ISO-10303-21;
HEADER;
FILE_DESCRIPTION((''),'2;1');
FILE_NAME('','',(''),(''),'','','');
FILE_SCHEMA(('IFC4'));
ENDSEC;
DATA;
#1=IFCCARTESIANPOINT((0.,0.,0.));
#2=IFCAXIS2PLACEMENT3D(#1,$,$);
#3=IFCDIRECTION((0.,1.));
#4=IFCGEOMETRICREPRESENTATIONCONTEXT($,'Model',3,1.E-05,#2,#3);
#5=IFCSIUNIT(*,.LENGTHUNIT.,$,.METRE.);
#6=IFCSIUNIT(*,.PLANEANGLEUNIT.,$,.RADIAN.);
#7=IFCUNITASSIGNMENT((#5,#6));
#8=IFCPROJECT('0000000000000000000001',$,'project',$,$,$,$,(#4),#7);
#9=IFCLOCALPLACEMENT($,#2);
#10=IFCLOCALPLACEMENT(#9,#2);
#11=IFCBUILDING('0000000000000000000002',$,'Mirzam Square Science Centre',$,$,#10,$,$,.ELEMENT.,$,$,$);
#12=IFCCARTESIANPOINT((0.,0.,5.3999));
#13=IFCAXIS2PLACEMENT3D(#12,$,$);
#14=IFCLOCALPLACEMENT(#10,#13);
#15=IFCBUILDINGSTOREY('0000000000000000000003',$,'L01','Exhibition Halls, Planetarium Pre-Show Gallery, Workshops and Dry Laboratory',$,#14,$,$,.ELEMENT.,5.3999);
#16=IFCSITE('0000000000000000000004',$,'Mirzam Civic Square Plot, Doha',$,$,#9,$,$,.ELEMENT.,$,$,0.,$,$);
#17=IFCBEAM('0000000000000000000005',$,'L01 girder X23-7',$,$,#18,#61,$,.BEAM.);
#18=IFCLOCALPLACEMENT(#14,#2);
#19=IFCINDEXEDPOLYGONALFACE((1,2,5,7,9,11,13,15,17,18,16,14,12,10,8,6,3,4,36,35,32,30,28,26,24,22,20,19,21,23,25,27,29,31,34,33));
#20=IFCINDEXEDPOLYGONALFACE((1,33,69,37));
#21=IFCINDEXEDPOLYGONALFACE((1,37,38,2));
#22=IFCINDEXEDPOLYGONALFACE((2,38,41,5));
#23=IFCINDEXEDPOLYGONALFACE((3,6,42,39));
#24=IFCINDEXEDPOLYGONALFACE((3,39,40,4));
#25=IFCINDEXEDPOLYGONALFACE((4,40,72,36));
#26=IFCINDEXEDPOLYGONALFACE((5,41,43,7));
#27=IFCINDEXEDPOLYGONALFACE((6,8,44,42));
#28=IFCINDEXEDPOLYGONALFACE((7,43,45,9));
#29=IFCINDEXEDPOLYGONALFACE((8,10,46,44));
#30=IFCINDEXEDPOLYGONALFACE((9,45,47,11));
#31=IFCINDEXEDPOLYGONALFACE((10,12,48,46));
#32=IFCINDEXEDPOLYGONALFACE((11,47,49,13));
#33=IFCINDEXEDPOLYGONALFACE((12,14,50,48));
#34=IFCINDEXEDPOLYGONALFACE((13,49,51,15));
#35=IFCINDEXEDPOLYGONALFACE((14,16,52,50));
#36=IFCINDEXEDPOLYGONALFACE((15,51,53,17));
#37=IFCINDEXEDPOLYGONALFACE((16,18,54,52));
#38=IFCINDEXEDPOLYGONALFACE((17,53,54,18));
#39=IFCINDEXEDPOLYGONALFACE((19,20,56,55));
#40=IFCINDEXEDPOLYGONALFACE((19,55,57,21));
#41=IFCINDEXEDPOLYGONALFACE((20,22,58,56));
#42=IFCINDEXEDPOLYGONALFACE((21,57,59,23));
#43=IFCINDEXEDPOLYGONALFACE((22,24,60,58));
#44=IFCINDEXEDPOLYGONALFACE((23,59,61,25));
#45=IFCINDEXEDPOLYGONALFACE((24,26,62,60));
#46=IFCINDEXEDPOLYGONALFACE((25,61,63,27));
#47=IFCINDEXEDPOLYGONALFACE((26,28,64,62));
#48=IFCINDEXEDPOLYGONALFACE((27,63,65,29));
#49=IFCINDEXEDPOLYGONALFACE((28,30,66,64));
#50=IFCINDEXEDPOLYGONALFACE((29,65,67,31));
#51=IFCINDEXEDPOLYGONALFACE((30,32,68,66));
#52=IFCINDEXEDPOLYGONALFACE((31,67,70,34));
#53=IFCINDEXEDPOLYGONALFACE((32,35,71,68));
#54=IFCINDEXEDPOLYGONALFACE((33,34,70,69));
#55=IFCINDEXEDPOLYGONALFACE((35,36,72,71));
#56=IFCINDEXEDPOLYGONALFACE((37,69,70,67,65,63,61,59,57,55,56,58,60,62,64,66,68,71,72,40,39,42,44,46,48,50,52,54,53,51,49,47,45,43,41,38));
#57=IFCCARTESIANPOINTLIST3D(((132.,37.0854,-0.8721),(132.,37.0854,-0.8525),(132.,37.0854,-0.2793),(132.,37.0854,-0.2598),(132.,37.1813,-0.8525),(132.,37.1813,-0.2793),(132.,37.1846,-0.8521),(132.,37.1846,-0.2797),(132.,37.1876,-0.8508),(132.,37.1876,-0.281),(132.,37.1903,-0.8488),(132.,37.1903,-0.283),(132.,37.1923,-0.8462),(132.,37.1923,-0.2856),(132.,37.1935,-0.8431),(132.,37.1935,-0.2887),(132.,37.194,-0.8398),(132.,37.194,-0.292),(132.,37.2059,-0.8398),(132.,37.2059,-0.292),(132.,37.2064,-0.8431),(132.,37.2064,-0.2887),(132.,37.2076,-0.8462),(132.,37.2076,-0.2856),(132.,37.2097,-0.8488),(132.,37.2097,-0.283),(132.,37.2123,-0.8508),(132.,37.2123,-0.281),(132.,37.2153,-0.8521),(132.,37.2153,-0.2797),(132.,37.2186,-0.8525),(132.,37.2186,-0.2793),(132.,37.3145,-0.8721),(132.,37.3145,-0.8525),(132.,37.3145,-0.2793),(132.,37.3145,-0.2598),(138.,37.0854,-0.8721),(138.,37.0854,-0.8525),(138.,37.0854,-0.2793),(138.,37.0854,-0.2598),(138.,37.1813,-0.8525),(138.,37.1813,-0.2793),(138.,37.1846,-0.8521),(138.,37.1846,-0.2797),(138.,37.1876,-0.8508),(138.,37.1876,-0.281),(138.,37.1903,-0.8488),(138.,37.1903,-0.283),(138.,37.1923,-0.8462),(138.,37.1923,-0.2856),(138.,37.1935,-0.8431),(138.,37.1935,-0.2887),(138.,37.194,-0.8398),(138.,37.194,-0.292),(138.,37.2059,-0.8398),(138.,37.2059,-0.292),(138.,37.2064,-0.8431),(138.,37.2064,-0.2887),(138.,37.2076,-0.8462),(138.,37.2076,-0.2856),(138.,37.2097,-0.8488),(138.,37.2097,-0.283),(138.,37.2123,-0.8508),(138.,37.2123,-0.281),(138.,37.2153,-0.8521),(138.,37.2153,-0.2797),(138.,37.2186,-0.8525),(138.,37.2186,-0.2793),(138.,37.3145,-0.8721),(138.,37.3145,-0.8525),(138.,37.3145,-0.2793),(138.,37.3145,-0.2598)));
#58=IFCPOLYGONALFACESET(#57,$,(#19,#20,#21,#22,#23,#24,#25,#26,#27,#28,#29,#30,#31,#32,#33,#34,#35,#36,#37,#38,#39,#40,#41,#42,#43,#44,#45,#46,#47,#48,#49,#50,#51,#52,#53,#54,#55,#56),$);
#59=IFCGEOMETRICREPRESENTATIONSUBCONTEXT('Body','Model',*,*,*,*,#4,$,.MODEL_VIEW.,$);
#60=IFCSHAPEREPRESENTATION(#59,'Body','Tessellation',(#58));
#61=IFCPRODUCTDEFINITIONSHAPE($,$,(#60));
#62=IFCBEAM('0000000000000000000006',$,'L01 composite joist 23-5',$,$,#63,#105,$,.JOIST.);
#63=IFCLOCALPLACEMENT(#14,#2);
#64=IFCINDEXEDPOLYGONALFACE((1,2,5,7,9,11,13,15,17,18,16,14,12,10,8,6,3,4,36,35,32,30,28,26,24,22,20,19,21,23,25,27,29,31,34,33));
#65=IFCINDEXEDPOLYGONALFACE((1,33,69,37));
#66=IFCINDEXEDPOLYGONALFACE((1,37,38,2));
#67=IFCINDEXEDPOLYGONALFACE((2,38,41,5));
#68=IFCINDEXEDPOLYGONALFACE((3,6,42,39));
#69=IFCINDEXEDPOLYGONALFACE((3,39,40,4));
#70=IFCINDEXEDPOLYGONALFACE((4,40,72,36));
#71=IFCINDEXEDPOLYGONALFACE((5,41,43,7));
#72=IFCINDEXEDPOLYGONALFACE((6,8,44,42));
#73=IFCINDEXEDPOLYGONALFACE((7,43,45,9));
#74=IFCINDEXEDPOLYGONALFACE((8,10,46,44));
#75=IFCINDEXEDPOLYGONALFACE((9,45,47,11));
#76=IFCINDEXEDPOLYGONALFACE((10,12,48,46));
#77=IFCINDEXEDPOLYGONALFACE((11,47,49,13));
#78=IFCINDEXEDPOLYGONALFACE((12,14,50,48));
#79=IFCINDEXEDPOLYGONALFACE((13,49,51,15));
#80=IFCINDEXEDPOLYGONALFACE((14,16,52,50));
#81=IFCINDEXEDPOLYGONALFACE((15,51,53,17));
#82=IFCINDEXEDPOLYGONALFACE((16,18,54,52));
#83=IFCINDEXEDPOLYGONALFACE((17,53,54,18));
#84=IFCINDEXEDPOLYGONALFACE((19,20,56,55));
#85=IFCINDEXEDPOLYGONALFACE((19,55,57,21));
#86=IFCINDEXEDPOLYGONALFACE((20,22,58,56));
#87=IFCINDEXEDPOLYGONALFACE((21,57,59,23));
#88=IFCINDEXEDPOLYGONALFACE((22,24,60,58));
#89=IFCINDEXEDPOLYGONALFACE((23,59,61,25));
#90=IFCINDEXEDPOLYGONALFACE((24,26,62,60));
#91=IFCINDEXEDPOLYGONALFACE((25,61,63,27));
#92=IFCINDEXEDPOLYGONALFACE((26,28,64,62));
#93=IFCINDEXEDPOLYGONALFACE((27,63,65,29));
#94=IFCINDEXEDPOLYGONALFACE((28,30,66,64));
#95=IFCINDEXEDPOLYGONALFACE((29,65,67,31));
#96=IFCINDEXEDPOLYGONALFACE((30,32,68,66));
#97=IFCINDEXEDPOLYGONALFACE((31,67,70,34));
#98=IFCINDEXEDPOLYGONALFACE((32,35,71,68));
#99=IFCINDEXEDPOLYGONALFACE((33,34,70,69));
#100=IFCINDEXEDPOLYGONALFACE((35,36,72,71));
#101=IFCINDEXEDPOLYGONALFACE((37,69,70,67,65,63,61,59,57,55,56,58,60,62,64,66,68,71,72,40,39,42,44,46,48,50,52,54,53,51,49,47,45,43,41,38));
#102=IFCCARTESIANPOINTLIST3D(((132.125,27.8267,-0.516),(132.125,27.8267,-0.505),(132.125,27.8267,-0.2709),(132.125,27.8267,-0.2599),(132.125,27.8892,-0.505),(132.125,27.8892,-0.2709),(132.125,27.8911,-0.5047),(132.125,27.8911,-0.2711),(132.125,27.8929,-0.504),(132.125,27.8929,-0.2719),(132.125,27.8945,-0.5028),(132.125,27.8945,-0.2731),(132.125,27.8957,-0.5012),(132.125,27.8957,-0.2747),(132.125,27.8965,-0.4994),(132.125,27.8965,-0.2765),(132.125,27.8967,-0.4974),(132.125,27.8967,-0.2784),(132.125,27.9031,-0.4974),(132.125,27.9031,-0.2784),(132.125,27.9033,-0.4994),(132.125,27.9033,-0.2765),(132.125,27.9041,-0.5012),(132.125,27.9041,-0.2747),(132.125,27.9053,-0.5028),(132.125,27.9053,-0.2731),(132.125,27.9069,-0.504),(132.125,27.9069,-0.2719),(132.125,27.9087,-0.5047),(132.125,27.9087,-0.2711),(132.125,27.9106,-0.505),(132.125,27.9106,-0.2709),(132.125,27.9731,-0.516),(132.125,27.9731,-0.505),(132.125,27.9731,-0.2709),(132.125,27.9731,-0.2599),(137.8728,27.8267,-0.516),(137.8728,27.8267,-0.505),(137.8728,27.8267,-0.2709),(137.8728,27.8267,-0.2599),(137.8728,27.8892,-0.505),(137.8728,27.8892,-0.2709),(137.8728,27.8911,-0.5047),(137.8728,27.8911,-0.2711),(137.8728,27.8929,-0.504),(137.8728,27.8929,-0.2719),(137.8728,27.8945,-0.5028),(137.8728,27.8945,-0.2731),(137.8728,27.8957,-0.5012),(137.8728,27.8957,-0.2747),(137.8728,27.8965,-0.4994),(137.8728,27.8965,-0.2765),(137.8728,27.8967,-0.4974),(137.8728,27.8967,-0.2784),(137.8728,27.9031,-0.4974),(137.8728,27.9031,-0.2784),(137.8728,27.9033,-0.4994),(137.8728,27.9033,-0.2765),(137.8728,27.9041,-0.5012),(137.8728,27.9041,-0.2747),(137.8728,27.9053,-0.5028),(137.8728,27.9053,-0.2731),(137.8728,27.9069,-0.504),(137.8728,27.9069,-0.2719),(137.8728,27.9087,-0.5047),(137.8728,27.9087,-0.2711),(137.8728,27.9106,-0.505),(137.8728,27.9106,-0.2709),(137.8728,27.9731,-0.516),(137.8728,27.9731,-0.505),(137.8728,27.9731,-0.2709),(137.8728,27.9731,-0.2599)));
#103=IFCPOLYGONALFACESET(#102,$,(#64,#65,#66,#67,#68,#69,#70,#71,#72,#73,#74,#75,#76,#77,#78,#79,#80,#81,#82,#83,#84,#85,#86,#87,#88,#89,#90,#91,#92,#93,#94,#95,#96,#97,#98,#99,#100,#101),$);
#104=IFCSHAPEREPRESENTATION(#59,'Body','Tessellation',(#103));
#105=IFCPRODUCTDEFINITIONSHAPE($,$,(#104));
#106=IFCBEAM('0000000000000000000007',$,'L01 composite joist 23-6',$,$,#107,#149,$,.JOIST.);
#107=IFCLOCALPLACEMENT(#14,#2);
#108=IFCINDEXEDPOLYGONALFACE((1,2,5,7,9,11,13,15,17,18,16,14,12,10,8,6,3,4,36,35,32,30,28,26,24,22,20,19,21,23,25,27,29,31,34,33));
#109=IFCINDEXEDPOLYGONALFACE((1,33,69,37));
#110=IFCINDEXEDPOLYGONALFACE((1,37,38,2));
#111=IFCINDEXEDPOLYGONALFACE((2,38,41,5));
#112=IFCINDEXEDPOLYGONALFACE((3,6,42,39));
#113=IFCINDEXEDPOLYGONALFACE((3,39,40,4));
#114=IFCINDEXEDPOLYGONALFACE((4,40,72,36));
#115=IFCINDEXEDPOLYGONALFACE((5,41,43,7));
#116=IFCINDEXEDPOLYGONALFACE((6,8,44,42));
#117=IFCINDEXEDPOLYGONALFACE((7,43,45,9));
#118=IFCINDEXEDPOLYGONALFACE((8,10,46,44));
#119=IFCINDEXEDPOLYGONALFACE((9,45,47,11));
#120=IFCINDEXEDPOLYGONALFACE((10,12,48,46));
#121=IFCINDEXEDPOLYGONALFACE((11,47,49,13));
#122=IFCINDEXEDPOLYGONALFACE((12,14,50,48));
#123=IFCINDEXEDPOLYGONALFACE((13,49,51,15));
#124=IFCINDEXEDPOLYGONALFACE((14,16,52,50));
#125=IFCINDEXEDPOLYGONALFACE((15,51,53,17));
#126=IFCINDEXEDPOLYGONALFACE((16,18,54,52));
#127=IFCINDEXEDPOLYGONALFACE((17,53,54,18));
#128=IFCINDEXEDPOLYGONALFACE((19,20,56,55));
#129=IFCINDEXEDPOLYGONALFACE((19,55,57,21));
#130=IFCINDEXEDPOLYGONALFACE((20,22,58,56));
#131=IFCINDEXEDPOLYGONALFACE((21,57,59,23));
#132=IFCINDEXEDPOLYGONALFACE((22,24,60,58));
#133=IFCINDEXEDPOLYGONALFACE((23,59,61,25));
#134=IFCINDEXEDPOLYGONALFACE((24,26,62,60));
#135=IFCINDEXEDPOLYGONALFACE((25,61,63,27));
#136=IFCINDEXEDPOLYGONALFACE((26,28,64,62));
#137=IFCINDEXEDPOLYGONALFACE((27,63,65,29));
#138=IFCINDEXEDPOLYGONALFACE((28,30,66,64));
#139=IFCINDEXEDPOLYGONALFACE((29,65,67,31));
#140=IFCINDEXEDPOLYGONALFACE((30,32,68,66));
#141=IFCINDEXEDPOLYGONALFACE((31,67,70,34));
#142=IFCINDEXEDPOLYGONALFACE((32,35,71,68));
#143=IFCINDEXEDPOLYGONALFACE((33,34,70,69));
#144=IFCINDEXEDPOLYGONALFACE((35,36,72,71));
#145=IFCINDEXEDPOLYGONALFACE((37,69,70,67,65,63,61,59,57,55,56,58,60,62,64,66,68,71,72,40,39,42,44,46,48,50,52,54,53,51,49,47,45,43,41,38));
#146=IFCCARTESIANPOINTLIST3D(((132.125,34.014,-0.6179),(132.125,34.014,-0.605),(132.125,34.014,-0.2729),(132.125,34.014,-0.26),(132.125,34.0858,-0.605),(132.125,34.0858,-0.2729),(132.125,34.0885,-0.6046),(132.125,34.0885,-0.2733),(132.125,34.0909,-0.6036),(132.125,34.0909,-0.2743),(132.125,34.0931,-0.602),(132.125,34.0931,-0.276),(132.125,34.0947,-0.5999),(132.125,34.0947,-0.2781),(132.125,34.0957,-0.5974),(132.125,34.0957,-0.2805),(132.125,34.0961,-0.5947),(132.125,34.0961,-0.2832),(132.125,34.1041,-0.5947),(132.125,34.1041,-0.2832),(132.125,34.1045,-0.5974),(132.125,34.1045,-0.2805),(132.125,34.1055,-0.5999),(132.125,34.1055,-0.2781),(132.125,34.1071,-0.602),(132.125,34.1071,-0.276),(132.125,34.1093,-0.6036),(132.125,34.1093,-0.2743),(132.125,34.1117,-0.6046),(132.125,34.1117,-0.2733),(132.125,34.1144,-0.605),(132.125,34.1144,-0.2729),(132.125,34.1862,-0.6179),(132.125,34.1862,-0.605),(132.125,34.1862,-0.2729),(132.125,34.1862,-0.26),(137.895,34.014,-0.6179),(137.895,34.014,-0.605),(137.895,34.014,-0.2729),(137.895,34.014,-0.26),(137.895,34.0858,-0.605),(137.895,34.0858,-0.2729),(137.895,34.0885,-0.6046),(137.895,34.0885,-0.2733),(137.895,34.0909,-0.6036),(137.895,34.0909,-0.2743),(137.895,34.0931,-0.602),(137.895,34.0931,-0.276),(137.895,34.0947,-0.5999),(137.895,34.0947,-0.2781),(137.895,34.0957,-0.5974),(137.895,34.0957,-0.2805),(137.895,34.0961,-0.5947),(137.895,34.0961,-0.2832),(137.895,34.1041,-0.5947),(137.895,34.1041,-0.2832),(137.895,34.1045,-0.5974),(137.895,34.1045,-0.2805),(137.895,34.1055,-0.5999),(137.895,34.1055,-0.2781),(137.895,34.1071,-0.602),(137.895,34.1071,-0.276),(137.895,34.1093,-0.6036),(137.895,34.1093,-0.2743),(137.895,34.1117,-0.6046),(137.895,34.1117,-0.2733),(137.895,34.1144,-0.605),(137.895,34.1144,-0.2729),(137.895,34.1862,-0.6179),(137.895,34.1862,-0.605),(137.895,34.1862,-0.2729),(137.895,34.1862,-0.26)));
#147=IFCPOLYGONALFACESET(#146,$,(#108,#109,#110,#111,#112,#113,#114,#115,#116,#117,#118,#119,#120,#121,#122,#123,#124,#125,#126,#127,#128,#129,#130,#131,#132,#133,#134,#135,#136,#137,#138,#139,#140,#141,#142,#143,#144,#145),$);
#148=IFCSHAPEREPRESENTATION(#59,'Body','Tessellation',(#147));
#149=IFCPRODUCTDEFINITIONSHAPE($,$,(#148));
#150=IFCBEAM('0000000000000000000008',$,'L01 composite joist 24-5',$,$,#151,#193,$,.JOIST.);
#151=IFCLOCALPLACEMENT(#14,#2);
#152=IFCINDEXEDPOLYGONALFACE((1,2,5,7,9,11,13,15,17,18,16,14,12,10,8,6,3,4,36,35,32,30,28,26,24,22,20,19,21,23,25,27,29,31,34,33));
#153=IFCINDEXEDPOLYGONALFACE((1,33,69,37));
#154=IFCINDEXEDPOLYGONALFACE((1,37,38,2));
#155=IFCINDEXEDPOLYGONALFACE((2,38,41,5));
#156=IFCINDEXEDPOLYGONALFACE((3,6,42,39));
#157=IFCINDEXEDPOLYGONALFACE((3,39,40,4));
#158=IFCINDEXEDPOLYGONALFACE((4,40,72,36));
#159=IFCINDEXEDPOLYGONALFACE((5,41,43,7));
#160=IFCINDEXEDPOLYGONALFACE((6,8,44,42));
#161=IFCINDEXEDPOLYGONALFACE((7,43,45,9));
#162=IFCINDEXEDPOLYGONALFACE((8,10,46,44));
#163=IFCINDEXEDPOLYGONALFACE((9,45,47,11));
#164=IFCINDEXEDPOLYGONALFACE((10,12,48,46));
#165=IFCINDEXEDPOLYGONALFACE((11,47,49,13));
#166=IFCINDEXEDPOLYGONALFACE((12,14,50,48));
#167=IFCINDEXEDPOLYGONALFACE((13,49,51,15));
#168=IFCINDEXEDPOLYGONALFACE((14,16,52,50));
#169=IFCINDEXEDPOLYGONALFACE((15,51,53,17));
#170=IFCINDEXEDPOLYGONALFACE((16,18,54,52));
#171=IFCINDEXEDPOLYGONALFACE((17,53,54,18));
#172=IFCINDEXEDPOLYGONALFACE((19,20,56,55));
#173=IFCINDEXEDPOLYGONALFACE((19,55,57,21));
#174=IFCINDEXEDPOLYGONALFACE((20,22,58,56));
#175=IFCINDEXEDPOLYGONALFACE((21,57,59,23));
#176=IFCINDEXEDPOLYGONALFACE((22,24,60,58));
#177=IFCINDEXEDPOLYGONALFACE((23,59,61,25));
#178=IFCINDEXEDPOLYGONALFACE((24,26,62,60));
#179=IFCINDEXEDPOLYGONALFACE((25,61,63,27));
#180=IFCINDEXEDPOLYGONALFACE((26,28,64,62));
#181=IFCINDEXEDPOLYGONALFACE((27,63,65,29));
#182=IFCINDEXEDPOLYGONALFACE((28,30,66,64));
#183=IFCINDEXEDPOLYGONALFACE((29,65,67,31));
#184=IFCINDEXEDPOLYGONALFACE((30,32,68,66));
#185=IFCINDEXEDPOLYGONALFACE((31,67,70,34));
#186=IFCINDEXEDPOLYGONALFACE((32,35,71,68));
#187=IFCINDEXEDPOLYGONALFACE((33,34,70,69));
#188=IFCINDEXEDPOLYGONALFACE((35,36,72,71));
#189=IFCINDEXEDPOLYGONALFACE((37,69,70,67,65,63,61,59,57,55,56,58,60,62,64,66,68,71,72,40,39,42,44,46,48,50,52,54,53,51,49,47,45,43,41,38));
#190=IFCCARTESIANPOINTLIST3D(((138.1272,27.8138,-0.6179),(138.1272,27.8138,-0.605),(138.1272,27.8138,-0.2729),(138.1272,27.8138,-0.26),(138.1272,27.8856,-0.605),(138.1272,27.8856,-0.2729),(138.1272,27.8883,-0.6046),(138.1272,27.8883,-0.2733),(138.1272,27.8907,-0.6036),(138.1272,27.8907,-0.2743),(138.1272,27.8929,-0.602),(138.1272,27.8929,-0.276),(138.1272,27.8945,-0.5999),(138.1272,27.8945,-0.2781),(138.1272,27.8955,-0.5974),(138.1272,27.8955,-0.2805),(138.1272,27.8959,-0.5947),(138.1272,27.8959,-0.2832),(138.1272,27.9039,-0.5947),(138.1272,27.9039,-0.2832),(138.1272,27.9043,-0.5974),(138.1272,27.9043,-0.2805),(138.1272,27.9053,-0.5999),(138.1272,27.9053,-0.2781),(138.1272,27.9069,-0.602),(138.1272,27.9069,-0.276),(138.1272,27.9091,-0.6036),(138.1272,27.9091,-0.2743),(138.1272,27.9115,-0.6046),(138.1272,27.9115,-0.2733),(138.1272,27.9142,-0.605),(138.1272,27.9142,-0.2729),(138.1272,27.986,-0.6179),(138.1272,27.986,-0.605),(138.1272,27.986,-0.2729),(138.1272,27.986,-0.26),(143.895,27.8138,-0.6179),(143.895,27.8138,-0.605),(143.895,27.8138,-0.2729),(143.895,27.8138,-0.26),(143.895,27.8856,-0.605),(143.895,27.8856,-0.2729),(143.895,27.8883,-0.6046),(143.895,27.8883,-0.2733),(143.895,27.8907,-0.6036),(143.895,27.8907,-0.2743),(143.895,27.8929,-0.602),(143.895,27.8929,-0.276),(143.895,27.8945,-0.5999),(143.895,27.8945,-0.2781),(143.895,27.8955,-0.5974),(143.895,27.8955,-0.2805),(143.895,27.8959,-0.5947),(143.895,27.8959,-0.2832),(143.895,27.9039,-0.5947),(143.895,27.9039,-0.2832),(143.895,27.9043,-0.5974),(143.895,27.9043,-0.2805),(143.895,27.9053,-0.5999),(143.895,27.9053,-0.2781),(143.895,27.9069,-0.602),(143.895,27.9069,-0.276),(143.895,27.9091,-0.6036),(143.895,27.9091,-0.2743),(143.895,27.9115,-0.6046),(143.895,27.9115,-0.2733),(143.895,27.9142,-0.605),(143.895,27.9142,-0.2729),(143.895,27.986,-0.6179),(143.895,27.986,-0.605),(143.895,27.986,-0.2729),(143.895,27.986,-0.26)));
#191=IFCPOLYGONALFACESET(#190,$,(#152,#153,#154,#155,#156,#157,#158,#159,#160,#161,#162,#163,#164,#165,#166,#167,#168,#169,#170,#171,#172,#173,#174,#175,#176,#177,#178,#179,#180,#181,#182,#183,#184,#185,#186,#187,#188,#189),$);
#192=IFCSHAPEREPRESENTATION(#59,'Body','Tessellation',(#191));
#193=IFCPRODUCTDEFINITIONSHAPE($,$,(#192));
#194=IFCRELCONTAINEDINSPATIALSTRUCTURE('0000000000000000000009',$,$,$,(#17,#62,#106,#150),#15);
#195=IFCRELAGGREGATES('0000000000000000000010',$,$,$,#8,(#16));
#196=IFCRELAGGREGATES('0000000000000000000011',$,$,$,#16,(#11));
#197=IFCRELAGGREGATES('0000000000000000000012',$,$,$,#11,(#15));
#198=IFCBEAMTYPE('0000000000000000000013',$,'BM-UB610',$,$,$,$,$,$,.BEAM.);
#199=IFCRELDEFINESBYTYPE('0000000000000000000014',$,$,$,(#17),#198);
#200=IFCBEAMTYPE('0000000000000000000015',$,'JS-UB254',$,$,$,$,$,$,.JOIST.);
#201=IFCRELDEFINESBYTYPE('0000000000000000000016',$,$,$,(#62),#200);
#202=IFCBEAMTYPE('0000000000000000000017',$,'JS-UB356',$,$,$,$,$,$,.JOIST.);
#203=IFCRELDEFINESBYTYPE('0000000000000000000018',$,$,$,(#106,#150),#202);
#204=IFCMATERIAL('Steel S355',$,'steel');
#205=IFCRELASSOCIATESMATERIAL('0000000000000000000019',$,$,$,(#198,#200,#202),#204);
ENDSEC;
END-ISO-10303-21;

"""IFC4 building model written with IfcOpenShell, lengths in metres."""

from ifc_helpers import new_model, si_unit, direction, frame, origin, origin_2d, place, context, subcontext, project, spatial, i_section, extrude, material, material_profile, profile_set, type_object, element, save


model = new_model("IFC4")

# Units and contexts
model_context = context("Model", 3, precision=1e-05, world=origin(), true_north=direction((0.0, 1.0)))
body_context = subcontext(model_context, "Body", "Model", "MODEL_VIEW")
ifc_project = project(units=[si_unit("LENGTHUNIT", "METRE"), si_unit("PLANEANGLEUNIT", "RADIAN")], contexts=[model_context])

# Site, building, storey
site_placement = place(None, origin())
site = spatial("IfcSite", under=ifc_project, at=site_placement, Name="Mirzam Civic Square Plot, Doha", CompositionType="ELEMENT", RefElevation=0.0)
building_placement = place(site_placement, origin())
building = spatial("IfcBuilding", under=site, at=building_placement, Name="Mirzam Square Science Centre", CompositionType="ELEMENT")
storey_placement = place(building_placement, frame((0.0, 0.0, 5.3999)))
storey = spatial("IfcBuildingStorey", under=building, at=storey_placement, Name="L01", Description="Exhibition Halls, Planetarium Pre-Show Gallery, Workshops and Dry Laboratory", CompositionType="ELEMENT", Elevation=5.3999)

# Shared definitions
ifc_material_1 = material(Name="Steel S355", Category="steel")

# Beams
ifc_material_profile_1 = material_profile(ifc_material_1, i_section(OverallWidth=0.229, OverallDepth=0.6123, WebThickness=0.012, FlangeThickness=0.0195, FilletRadius=0.0127, at=origin_2d()), Name="610x229x125UB")
ifc_profile_set_1 = profile_set([ifc_material_profile_1], Name="Steel S355")
beam_type_1 = type_object("IfcBeamType", Name="BM-UB610", PredefinedType="BEAM", material=ifc_profile_set_1)
for number, where, z_axis, x_axis, name in (
    (1, (132.0, 37.2, -0.5659), (1.0, 0.0, 0.0), (0.0, 1.0, 0.0), "L01 girder X23-7"),
):
    element("IfcBeam", number, at=place(storey_placement, frame(where, z_axis=z_axis, x_axis=x_axis)), inside=storey, type_object=beam_type_1, Name=name, PredefinedType="BEAM", context=body_context, shape_type="SweptSolid", body=[
        extrude(i_section(OverallWidth=0.229, OverallDepth=0.6123, WebThickness=0.012, FlangeThickness=0.0195, FilletRadius=0.0127, at=origin_2d()), origin(), (0.0, 0.0, 1.0), 6.0),
    ])
ifc_material_profile_2 = material_profile(ifc_material_1, i_section(OverallWidth=0.1465, OverallDepth=0.2561, WebThickness=0.0063, FlangeThickness=0.011, FilletRadius=0.0076, at=origin_2d()), Name="254x146x37UB")
ifc_profile_set_2 = profile_set([ifc_material_profile_2], Name="Steel S355")
beam_type_2 = type_object("IfcBeamType", Name="JS-UB254", PredefinedType="JOIST", material=ifc_profile_set_2)
beam_1_placement = place(storey_placement, frame((132.125, 27.8999, -0.3879), z_axis=(1.0, 0.0, 0.0), x_axis=(0.0, 1.0, 0.0)))
element("IfcBeam", 2, at=beam_1_placement, inside=storey, type_object=beam_type_2, Name="L01 composite joist 23-5", PredefinedType="JOIST", context=body_context, shape_type="SweptSolid", body=[
    extrude(i_section(OverallWidth=0.1465, OverallDepth=0.2561, WebThickness=0.0063, FlangeThickness=0.011, FilletRadius=0.0076, at=origin_2d()), origin(), (0.0, 0.0, 1.0), 5.7478),
])
ifc_material_profile_3 = material_profile(ifc_material_1, i_section(OverallWidth=0.1721, OverallDepth=0.3579, WebThickness=0.0081, FlangeThickness=0.0129, FilletRadius=0.0103, at=origin_2d()), Name="356x171x57UB")
ifc_profile_set_3 = profile_set([ifc_material_profile_3], Name="Steel S355")
beam_type_3 = type_object("IfcBeamType", Name="JS-UB356", PredefinedType="JOIST", material=ifc_profile_set_3)
beam_2_placement = place(storey_placement, frame((132.125, 34.1001, -0.439), z_axis=(1.0, 0.0, 0.0), x_axis=(0.0, 1.0, 0.0)))
element("IfcBeam", 3, at=beam_2_placement, inside=storey, type_object=beam_type_3, Name="L01 composite joist 23-6", PredefinedType="JOIST", context=body_context, shape_type="SweptSolid", body=[
    extrude(i_section(OverallWidth=0.1721, OverallDepth=0.3579, WebThickness=0.0081, FlangeThickness=0.0129, FilletRadius=0.0103, at=origin_2d()), origin(), (0.0, 0.0, 1.0), 5.77),
])
beam_3_placement = place(storey_placement, frame((138.1272, 27.8999, -0.439), z_axis=(1.0, 0.0, 0.0), x_axis=(0.0, 1.0, 0.0)))
element("IfcBeam", 4, at=beam_3_placement, inside=storey, type_object=beam_type_3, Name="L01 composite joist 24-5", PredefinedType="JOIST", context=body_context, shape_type="SweptSolid", body=[
    extrude(i_section(OverallWidth=0.1721, OverallDepth=0.3579, WebThickness=0.0081, FlangeThickness=0.0129, FilletRadius=0.0103, at=origin_2d()), origin(), (0.0, 0.0, 1.0), 5.7678),
])

save(model, "model.ifc")
